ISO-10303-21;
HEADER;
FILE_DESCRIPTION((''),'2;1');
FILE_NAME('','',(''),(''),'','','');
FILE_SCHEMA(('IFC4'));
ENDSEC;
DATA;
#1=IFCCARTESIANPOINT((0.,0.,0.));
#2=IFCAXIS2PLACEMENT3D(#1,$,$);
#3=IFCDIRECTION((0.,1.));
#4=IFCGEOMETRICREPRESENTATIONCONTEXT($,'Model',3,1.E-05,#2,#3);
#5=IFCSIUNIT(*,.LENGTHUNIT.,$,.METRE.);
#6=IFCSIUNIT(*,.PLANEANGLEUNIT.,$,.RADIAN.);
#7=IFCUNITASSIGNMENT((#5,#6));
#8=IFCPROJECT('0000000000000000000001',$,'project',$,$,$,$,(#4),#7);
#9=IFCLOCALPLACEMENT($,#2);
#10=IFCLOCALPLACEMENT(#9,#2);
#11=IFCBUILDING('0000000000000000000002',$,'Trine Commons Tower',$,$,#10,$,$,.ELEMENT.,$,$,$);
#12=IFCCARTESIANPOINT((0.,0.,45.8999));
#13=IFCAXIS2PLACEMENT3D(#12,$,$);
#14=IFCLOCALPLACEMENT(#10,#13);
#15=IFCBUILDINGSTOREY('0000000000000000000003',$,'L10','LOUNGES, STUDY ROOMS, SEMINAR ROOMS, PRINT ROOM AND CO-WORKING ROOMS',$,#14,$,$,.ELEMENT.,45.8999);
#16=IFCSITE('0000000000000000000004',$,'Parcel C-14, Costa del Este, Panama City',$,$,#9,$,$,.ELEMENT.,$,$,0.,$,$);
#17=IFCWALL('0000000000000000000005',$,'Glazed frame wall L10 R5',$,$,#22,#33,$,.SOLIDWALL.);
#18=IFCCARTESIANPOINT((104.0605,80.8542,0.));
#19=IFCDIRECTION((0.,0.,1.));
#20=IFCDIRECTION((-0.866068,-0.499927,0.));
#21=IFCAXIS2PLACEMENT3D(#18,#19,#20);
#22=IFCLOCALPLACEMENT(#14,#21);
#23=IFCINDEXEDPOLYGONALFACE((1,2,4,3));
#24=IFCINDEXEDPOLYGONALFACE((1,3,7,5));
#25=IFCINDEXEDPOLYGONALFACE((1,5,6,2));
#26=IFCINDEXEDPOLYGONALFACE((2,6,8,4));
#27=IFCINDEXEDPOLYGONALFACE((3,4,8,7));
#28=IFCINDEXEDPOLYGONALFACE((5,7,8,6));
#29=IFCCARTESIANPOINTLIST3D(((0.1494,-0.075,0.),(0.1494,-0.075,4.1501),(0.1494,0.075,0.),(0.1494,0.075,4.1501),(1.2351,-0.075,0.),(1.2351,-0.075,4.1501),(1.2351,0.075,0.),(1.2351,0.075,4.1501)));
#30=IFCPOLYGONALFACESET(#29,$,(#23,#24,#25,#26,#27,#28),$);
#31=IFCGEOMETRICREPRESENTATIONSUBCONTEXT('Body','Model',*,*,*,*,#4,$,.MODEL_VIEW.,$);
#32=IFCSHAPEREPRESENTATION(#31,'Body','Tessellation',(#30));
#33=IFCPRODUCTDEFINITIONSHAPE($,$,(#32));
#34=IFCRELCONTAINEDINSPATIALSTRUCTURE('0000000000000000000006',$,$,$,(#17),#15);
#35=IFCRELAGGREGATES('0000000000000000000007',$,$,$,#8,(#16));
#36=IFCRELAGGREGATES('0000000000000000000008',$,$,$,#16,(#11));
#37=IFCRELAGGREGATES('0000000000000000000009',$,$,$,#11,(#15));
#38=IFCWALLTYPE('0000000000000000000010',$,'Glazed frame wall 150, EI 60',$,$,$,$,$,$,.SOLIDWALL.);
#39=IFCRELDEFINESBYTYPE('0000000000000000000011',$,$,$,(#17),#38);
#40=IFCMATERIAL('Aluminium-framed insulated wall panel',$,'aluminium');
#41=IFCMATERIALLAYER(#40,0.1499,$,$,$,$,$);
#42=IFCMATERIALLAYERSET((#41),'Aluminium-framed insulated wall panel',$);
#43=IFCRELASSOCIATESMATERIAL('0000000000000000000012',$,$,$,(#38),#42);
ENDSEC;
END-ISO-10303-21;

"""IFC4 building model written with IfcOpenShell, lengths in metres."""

from ifc_helpers import new_model, si_unit, direction, frame, origin, place, context, subcontext, project, spatial, polyline, outline, extrude, material, layer, layer_set, type_object, element, save


model = new_model("IFC4")

# Units and contexts
model_context = context("Model", 3, precision=1e-05, world=origin(), true_north=direction((0.0, 1.0)))
body_context = subcontext(model_context, "Body", "Model", "MODEL_VIEW")
ifc_project = project(units=[si_unit("LENGTHUNIT", "METRE"), si_unit("PLANEANGLEUNIT", "RADIAN")], contexts=[model_context])

# Site, building, storey
site_placement = place(None, origin())
site = spatial("IfcSite", under=ifc_project, at=site_placement, Name="Parcel C-14, Costa del Este, Panama City", CompositionType="ELEMENT", RefElevation=0.0)
building_placement = place(site_placement, origin())
building = spatial("IfcBuilding", under=site, at=building_placement, Name="Trine Commons Tower", CompositionType="ELEMENT")
storey_placement = place(building_placement, frame((0.0, 0.0, 45.8999)))
storey = spatial("IfcBuildingStorey", under=building, at=storey_placement, Name="L10", Description="LOUNGES, STUDY ROOMS, SEMINAR ROOMS, PRINT ROOM AND CO-WORKING ROOMS", CompositionType="ELEMENT", Elevation=45.8999)

# Wall
ifc_material_1 = material(Name="Aluminium-framed insulated wall panel", Category="aluminium")
ifc_layer_1 = layer(ifc_material_1, 0.1499)
ifc_layer_set_1 = layer_set([ifc_layer_1], Name="Aluminium-framed insulated wall panel")
wall_type = type_object("IfcWallType", Name="Glazed frame wall 150, EI 60", PredefinedType="SOLIDWALL", material=ifc_layer_set_1)
wall_placement = place(storey_placement, frame((104.0605, 80.8542, 0.0), z_axis=(0.0, 0.0, 1.0), x_axis=(-0.866068, -0.499927, 0.0)))
element("IfcWall", 1, at=wall_placement, inside=storey, type_object=wall_type, Name="Glazed frame wall L10 R5", PredefinedType="SOLIDWALL", context=body_context, shape_type="SweptSolid", body=[
    extrude(outline(polyline([(0.1494, 0.075), (0.1494, -0.075), (1.2351, -0.075), (1.2351, 0.075), (0.1494, 0.075)])), origin(), (0.0, 0.0, 1.0), 4.1501),
])

save(model, "model.ifc")
